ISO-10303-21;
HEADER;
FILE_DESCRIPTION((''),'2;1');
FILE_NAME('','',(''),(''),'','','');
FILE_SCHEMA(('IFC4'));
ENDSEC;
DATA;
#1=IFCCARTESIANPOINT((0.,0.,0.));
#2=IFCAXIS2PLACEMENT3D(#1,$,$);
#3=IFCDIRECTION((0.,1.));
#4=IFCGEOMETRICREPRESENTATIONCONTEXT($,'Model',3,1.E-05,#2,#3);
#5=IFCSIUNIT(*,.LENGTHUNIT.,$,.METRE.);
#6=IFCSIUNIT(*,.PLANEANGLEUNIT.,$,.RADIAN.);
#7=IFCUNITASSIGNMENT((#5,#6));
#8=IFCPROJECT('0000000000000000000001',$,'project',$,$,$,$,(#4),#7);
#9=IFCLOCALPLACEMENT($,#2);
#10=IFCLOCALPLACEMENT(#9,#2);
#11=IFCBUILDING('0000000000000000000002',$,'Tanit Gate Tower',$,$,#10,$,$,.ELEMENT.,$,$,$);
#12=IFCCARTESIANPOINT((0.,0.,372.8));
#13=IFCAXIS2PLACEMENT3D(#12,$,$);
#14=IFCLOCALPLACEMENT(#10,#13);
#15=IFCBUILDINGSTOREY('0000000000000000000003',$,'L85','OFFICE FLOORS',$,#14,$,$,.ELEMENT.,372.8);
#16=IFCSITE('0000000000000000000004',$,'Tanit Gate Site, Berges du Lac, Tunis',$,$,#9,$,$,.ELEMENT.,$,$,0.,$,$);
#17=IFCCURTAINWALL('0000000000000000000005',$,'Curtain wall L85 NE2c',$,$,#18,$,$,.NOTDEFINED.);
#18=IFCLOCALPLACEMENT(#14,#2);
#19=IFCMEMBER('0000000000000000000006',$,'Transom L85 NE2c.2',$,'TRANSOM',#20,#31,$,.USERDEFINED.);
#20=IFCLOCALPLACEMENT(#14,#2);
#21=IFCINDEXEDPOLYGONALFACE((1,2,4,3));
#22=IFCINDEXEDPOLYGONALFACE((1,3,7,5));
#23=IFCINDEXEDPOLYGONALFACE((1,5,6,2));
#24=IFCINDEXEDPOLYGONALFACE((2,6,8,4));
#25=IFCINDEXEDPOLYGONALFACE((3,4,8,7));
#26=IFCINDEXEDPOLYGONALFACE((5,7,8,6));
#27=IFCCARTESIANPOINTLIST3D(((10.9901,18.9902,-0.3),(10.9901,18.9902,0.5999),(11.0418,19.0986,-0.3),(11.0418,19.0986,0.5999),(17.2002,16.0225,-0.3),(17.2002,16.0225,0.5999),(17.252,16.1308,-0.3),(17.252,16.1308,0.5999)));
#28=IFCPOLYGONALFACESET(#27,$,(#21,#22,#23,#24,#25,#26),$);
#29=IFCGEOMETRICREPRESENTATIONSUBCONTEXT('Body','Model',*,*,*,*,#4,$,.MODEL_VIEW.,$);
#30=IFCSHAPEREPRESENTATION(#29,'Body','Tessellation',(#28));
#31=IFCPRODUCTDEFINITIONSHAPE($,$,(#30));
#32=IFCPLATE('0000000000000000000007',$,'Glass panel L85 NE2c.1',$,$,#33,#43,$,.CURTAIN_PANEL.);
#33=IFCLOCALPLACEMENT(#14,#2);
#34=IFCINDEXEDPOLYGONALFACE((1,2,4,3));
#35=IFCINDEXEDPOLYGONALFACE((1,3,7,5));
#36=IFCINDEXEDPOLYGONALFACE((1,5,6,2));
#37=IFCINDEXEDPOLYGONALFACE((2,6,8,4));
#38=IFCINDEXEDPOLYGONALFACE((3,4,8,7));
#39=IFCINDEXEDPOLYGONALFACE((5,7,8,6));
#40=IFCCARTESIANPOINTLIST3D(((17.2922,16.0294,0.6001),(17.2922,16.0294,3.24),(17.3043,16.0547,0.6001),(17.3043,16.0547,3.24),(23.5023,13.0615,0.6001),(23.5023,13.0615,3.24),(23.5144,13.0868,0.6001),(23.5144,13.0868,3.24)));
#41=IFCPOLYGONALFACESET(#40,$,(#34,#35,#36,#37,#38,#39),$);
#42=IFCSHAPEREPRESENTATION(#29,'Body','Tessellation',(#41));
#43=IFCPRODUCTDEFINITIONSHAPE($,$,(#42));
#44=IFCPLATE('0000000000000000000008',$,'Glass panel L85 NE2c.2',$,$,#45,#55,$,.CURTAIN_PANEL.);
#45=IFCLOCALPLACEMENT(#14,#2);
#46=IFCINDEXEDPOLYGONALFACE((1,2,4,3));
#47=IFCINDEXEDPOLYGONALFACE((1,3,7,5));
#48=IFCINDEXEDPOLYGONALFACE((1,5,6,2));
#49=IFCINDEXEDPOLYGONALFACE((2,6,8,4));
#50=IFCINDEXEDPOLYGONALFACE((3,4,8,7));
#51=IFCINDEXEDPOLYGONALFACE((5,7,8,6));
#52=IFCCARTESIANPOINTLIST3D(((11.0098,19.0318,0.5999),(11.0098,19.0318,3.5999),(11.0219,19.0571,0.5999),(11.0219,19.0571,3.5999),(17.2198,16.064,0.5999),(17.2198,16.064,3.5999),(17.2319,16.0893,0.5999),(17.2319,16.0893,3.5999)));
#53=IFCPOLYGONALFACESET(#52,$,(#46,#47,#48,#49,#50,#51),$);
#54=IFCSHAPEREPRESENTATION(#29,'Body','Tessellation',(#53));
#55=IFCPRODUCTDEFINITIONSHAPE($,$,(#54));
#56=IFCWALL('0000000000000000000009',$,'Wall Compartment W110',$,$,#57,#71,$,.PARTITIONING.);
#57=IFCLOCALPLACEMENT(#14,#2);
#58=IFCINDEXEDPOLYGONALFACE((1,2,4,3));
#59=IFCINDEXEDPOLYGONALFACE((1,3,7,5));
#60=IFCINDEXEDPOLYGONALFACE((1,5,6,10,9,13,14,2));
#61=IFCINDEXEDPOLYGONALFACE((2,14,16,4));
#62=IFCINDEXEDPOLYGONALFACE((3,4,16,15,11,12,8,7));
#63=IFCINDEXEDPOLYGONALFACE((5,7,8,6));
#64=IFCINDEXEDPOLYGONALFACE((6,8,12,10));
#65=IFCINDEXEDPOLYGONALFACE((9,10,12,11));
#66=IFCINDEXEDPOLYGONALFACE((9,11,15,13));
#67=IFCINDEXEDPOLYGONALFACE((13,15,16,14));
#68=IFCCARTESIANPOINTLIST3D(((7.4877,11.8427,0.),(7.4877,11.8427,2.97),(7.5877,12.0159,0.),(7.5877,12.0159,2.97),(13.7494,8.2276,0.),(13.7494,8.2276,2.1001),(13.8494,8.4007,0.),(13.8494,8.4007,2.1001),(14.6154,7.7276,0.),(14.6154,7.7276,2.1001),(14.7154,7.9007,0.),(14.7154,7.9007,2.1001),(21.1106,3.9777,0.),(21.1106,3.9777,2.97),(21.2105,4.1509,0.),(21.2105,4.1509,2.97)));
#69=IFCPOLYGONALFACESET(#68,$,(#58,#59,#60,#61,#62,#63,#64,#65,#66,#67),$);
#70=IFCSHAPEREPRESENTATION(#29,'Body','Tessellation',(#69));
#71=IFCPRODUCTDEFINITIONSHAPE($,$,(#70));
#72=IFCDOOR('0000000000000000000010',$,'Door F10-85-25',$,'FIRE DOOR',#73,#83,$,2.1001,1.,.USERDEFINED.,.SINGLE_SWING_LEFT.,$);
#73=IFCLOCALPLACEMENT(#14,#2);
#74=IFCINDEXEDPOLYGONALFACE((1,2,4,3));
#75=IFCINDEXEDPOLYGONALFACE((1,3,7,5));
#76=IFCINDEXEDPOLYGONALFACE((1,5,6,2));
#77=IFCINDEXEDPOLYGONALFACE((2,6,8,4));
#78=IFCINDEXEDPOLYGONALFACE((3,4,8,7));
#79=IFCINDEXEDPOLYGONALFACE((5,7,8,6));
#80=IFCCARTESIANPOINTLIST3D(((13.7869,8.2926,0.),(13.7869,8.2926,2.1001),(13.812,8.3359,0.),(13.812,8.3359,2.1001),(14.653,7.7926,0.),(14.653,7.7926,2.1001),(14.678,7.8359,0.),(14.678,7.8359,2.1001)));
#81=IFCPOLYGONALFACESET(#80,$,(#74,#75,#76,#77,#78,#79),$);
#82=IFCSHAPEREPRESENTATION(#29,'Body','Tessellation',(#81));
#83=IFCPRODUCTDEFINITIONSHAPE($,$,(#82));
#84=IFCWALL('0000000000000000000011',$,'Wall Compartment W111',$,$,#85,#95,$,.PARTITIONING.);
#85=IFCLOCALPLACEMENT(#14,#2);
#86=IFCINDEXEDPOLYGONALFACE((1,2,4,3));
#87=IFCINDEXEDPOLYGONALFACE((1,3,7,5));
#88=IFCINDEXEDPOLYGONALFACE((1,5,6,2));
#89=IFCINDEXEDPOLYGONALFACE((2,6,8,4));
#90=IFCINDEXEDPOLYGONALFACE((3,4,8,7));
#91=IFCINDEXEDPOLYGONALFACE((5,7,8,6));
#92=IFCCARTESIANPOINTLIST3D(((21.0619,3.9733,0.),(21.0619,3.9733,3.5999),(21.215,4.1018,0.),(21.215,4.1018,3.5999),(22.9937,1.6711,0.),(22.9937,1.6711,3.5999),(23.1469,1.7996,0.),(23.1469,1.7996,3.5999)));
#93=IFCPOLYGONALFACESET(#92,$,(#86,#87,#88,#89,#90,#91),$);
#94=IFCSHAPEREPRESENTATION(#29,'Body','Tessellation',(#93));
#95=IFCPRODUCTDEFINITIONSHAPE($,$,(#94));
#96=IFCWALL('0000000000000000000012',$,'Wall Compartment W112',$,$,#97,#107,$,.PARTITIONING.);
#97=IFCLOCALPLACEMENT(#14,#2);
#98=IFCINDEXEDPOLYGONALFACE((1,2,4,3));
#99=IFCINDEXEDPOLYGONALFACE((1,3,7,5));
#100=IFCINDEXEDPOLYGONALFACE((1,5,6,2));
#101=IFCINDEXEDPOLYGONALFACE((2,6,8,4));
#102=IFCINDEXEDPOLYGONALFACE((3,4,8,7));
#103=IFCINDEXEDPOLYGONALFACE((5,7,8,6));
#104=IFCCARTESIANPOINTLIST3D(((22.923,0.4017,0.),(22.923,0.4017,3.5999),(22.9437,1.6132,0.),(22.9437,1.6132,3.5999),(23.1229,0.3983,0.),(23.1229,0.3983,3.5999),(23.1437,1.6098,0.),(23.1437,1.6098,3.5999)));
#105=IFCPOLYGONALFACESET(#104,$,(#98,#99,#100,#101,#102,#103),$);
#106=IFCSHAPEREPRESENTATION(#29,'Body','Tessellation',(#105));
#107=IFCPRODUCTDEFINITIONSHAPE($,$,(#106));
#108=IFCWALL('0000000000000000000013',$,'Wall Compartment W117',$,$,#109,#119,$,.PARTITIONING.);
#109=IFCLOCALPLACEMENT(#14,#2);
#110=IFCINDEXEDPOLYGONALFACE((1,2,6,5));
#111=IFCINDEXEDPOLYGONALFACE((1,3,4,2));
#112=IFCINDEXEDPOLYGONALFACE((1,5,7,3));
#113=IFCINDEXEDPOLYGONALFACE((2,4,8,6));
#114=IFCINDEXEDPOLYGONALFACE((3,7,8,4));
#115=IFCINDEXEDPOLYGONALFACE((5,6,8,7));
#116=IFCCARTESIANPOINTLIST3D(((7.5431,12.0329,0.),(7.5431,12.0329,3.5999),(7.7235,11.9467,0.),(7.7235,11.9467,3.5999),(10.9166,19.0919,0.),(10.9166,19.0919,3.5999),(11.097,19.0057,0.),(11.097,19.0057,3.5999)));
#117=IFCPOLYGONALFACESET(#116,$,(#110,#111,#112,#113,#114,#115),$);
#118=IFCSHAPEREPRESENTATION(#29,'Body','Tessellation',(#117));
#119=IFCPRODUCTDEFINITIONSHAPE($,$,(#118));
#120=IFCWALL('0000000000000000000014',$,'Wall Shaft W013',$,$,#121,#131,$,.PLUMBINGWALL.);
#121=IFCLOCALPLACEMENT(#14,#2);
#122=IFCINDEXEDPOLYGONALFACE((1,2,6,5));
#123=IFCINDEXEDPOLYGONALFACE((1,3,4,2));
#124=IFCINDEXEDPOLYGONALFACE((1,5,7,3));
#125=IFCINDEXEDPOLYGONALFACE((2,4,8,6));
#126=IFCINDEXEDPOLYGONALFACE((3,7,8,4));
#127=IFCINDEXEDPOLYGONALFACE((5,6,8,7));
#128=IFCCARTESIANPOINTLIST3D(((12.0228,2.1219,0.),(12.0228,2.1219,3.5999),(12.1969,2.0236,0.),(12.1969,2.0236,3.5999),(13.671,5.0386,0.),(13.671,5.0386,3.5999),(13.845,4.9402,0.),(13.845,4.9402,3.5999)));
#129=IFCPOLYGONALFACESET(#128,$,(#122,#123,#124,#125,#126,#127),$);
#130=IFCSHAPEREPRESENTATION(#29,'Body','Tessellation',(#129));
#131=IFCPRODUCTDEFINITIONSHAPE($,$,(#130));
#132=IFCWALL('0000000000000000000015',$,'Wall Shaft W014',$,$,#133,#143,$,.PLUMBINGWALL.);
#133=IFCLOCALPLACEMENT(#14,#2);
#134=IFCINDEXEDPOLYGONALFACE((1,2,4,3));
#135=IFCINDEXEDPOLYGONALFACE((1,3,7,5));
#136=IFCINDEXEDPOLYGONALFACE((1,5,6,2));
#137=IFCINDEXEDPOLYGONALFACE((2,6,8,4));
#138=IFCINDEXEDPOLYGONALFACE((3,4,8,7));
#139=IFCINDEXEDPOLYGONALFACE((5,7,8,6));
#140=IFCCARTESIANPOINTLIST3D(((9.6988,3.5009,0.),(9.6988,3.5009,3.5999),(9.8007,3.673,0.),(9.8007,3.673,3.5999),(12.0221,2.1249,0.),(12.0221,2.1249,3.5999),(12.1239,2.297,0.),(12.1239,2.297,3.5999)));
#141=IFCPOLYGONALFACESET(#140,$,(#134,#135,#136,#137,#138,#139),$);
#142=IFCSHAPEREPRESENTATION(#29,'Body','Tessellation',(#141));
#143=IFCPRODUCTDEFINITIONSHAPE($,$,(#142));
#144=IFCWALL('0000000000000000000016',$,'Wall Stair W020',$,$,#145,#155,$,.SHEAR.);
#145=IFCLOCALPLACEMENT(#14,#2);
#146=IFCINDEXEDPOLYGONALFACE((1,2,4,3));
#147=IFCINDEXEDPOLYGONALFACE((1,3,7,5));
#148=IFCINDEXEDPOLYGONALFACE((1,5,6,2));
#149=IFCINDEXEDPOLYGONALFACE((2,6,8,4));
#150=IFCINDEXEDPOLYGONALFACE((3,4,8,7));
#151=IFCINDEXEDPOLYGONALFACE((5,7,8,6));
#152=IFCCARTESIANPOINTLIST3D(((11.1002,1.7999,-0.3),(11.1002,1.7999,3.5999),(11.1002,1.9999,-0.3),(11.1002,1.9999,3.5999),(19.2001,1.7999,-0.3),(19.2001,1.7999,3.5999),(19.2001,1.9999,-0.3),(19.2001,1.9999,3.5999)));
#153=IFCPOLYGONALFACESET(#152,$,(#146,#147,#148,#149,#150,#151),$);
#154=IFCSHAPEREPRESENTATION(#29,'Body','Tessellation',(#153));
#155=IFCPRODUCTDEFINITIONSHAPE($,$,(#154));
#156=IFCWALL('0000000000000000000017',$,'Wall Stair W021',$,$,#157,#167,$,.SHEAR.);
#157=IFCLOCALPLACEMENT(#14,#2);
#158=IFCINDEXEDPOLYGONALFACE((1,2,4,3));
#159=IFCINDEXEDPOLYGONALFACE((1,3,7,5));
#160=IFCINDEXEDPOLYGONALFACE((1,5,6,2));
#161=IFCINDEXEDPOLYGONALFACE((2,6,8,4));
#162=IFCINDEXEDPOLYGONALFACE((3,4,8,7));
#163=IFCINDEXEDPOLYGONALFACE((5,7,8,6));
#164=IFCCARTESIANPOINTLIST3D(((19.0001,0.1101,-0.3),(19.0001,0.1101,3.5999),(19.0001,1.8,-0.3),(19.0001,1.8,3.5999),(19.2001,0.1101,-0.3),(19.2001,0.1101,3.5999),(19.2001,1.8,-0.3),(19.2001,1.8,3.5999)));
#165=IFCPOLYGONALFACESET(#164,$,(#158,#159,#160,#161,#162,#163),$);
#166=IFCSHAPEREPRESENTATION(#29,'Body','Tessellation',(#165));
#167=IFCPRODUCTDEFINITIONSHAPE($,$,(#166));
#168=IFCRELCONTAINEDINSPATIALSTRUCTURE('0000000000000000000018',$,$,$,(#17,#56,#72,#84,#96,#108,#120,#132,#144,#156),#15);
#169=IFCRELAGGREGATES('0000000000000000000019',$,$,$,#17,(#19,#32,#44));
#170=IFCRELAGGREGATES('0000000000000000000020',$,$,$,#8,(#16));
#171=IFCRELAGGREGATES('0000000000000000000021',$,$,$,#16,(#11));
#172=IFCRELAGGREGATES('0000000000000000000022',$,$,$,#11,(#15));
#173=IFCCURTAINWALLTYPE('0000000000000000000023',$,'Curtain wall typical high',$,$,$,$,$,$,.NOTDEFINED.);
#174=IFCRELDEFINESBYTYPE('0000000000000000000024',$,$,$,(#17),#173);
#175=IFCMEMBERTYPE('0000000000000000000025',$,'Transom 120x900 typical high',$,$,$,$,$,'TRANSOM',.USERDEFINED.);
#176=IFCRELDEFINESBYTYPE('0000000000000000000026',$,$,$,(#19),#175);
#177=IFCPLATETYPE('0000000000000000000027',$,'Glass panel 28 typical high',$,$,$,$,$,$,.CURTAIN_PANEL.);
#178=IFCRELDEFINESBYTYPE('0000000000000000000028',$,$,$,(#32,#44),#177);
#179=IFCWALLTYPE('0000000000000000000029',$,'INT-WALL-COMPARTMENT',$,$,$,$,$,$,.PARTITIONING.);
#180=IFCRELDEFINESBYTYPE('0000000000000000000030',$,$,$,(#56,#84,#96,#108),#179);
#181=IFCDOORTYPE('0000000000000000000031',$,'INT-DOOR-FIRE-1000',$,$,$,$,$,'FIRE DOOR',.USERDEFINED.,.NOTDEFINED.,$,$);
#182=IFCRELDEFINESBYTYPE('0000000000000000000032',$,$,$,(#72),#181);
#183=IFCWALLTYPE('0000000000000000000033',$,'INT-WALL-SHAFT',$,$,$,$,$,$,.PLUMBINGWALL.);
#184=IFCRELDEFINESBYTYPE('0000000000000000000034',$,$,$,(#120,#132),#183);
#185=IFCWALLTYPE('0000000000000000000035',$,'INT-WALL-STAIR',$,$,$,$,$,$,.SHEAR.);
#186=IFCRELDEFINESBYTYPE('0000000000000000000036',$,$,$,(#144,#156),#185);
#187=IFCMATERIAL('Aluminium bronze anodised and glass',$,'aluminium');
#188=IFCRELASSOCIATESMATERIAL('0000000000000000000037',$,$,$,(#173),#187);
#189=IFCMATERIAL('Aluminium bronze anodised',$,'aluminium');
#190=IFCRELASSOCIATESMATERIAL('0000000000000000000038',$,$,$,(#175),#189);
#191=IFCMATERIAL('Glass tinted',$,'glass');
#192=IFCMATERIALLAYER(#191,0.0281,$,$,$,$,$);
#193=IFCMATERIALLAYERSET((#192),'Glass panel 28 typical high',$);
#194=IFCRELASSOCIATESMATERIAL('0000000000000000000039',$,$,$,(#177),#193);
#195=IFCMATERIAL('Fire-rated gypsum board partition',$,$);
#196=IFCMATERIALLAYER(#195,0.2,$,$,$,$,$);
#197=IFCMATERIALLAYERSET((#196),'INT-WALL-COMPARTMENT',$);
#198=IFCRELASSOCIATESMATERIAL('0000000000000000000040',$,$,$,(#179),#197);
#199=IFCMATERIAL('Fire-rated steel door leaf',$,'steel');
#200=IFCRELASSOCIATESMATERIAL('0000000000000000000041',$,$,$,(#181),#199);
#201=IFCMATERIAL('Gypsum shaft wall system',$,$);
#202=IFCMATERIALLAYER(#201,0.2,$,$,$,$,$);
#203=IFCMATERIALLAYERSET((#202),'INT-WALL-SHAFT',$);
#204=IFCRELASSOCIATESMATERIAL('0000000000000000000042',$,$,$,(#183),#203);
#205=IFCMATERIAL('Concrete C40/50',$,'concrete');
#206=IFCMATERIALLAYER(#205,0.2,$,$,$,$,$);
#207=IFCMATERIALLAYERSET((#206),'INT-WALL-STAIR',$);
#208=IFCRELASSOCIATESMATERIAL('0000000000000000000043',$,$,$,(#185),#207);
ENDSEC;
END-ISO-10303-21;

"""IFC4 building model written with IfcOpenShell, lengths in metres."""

from ifc_helpers import new_model, si_unit, direction, frame, frame_2d, origin, origin_2d, place, context, subcontext, project, spatial, rectangle, extrude, material, layer, layer_set, material_profile, profile_set, type_object, element, fill, aggregate, save


model = new_model("IFC4")

# Units and contexts
model_context = context("Model", 3, precision=1e-05, world=origin(), true_north=direction((0.0, 1.0)))
body_context = subcontext(model_context, "Body", "Model", "MODEL_VIEW")
ifc_project = project(units=[si_unit("LENGTHUNIT", "METRE"), si_unit("PLANEANGLEUNIT", "RADIAN")], contexts=[model_context])

# Site, building, storey
site_placement = place(None, origin())
site = spatial("IfcSite", under=ifc_project, at=site_placement, Name="Tanit Gate Site, Berges du Lac, Tunis", CompositionType="ELEMENT", RefElevation=0.0)
building_placement = place(site_placement, origin())
building = spatial("IfcBuilding", under=site, at=building_placement, Name="Tanit Gate Tower", CompositionType="ELEMENT")
storey_placement = place(building_placement, frame((0.0, 0.0, 372.8)))
storey = spatial("IfcBuildingStorey", under=building, at=storey_placement, Name="L85", Description="OFFICE FLOORS", CompositionType="ELEMENT", Elevation=372.8)

# Curtain wall
ifc_material_1 = material(Name="Aluminium bronze anodised and glass", Category="aluminium")
curtain_wall_type = type_object("IfcCurtainWallType", Name="Curtain wall typical high", PredefinedType="NOTDEFINED", material=ifc_material_1)
curtain_wall_placement = place(storey_placement, origin())
curtain_wall = element("IfcCurtainWall", 1, at=curtain_wall_placement, inside=storey, type_object=curtain_wall_type, Name="Curtain wall L85 NE2c", PredefinedType="NOTDEFINED")

# Member
ifc_material_2 = material(Name="Aluminium bronze anodised", Category="aluminium")
ifc_material_profile_1 = material_profile(ifc_material_2, rectangle(XDim=0.1201, YDim=0.8999, at=origin_2d()), Name="120x900 bronze transom")
ifc_profile_set_1 = profile_set([ifc_material_profile_1], Name="Aluminium bronze anodised")
member_type_1 = type_object("IfcMemberType", Name="Transom 120x900 typical high", ElementType="TRANSOM", PredefinedType="USERDEFINED", material=ifc_profile_set_1)
member_1_placement = place(storey_placement, frame((17.2261, 16.0767, 0.1499), z_axis=(-0.902266, 0.431181, 0.0), x_axis=(-0.431181, -0.902266, 0.0)))
member_1 = element("IfcMember", 2, at=member_1_placement, type_object=member_type_1, Name="Transom L85 NE2c.2", ObjectType="TRANSOM", PredefinedType="USERDEFINED", context=body_context, shape_type="SweptSolid", body=[
    extrude(rectangle(XDim=0.1201, YDim=0.8999, at=origin_2d()), origin(), (0.0, 0.0, 1.0), 6.8828),
])

# Plates
ifc_material_3 = material(Name="Glass tinted", Category="glass")
ifc_layer_1 = layer(ifc_material_3, 0.0281)
ifc_layer_set_1 = layer_set([ifc_layer_1], Name="Glass panel 28 typical high")
plate_type = type_object("IfcPlateType", Name="Glass panel 28 typical high", PredefinedType="CURTAIN_PANEL", material=ifc_layer_set_1)
plate_1_placement = place(storey_placement, frame((20.4033, 14.5581, 0.6001), z_axis=(0.0, 0.0, 1.0), x_axis=(-0.902258, 0.431197, 0.0)))
plate_1 = element("IfcPlate", 3, at=plate_1_placement, type_object=plate_type, Name="Glass panel L85 NE2c.1", PredefinedType="CURTAIN_PANEL", context=body_context, shape_type="SweptSolid", body=[
    extrude(rectangle(XDim=6.8828, YDim=0.0281, at=origin_2d()), origin(), (0.0, 0.0, 1.0), 2.6399),
])
plate_2_placement = place(storey_placement, frame((14.1208, 17.5605, 0.5999), z_axis=(0.0, 0.0, 1.0), x_axis=(-0.902258, 0.431197, 0.0)))
plate_2 = element("IfcPlate", 4, at=plate_2_placement, type_object=plate_type, Name="Glass panel L85 NE2c.2", PredefinedType="CURTAIN_PANEL", context=body_context, shape_type="SweptSolid", body=[
    extrude(rectangle(XDim=6.8828, YDim=0.0281, at=origin_2d()), origin(), (0.0, 0.0, 1.0), 3.0),
])
aggregate(curtain_wall, [member_1, plate_1, plate_2])

# Wall, opening, door
ifc_material_4 = material(Name="Fire-rated gypsum board partition")
ifc_layer_2 = layer(ifc_material_4, 0.2)
ifc_layer_set_2 = layer_set([ifc_layer_2], Name="INT-WALL-COMPARTMENT")
wall_type_1 = type_object("IfcWallType", Name="INT-WALL-COMPARTMENT", PredefinedType="PARTITIONING", material=ifc_layer_set_2)
wall_1_placement = place(storey_placement, frame((21.1606, 4.0642, 0.0), z_axis=(0.0, 0.0, 1.0), x_axis=(-0.866029, 0.499993, 0.0)))
wall_1 = element("IfcWall", 5, at=wall_1_placement, inside=storey, type_object=wall_type_1, Name="Wall Compartment W110", PredefinedType="PARTITIONING", context=body_context, shape_type="SweptSolid", body=[
    extrude(rectangle(XDim=15.7302, YDim=0.2, at=frame_2d((7.8652, 0.0))), origin(), (0.0, 0.0, 1.0), 2.97),
])
opening_1_placement = place(wall_1_placement, frame((7.5, 0.0, 0.0)))
opening_1 = element("IfcOpeningElement", 6, at=opening_1_placement, cuts=wall_1, PredefinedType="OPENING", context=body_context, shape_type="SweptSolid", body=[
    extrude(rectangle(XDim=1.0, YDim=2.1001, at=frame_2d((0.5, 1.05))), frame((0.0, 0.1099, 0.0), z_axis=(0.0, -1.0, 0.0), x_axis=(1.0, 0.0, 0.0)), (0.0, 0.0, 1.0), 0.22),
])
ifc_material_5 = material(Name="Fire-rated steel door leaf", Category="steel")
door_type_1 = type_object("IfcDoorType", Name="INT-DOOR-FIRE-1000", ElementType="FIRE DOOR", OperationType="NOTDEFINED", PredefinedType="USERDEFINED", material=ifc_material_5)
door_1_placement = place(opening_1_placement, origin())
door_1 = element("IfcDoor", 7, at=door_1_placement, inside=storey, type_object=door_type_1, Name="Door F10-85-25", ObjectType="FIRE DOOR", OperationType="SINGLE_SWING_LEFT", OverallHeight=2.1001, OverallWidth=1.0, PredefinedType="USERDEFINED", context=body_context, shape_type="SweptSolid", body=[
    extrude(rectangle(XDim=1.0, YDim=2.1001, at=frame_2d((0.5, 1.05))), frame((0.0, 0.0249, 0.0), z_axis=(0.0, -1.0, 0.0), x_axis=(1.0, 0.0, 0.0)), (0.0, 0.0, 1.0), 0.05),
])
fill(opening_1, door_1)

# Walls
wall_2_placement = place(storey_placement, frame((23.0703, 1.7354, 0.0), z_axis=(0.0, 0.0, 1.0), x_axis=(-0.642801, 0.766033, 0.0)))
element("IfcWall", 8, at=wall_2_placement, inside=storey, type_object=wall_type_1, Name="Wall Compartment W111", PredefinedType="PARTITIONING", context=body_context, shape_type="SweptSolid", body=[
    extrude(rectangle(XDim=3.0054, YDim=0.2, at=frame_2d((1.5027, 0.0))), origin(), (0.0, 0.0, 1.0), 3.5999),
])
wall_3_placement = place(storey_placement, frame((23.0229, 0.3999, 0.0), z_axis=(0.0, 0.0, 1.0), x_axis=(0.017128, 0.999853, 0.0)))
element("IfcWall", 9, at=wall_3_placement, inside=storey, type_object=wall_type_1, Name="Wall Compartment W112", PredefinedType="PARTITIONING", context=body_context, shape_type="SweptSolid", body=[
    extrude(rectangle(XDim=1.2117, YDim=0.2, at=frame_2d((0.606, 0.0))), origin(), (0.0, 0.0, 1.0), 3.5999),
])
wall_4_placement = place(storey_placement, frame((11.0068, 19.0488, 0.0), z_axis=(0.0, 0.0, 1.0), x_axis=(-0.43119, -0.902261, 0.0)))
element("IfcWall", 10, at=wall_4_placement, inside=storey, type_object=wall_type_1, Name="Wall Compartment W117", PredefinedType="PARTITIONING", context=body_context, shape_type="SweptSolid", body=[
    extrude(rectangle(XDim=7.8237, YDim=0.2, at=frame_2d((3.9119, 0.0))), origin(), (0.0, 0.0, 1.0), 3.5999),
])
ifc_material_6 = material(Name="Gypsum shaft wall system")
ifc_layer_3 = layer(ifc_material_6, 0.2)
ifc_layer_set_3 = layer_set([ifc_layer_3], Name="INT-WALL-SHAFT")
wall_type_2 = type_object("IfcWallType", Name="INT-WALL-SHAFT", PredefinedType="PLUMBINGWALL", material=ifc_layer_set_3)
wall_5_placement = place(storey_placement, frame((12.1099, 2.0728, 0.0), z_axis=(0.0, 0.0, 1.0), x_axis=(0.491966, 0.870614, 0.0)))
element("IfcWall", 11, at=wall_5_placement, inside=storey, type_object=wall_type_2, Name="Wall Shaft W013", PredefinedType="PLUMBINGWALL", context=body_context, shape_type="SweptSolid", body=[
    extrude(rectangle(XDim=3.3501, YDim=0.2, at=frame_2d((1.675, 0.0))), origin(), (0.0, 0.0, 1.0), 3.5999),
])
wall_6_placement = place(storey_placement, frame((12.073, 2.2109, 0.0), z_axis=(0.0, 0.0, 1.0), x_axis=(-0.860415, 0.509594, 0.0)))
element("IfcWall", 12, at=wall_6_placement, inside=storey, type_object=wall_type_2, Name="Wall Shaft W014", PredefinedType="PLUMBINGWALL", context=body_context, shape_type="SweptSolid", body=[
    extrude(rectangle(XDim=2.7002, YDim=0.2, at=frame_2d((1.3501, 0.0))), origin(), (0.0, 0.0, 1.0), 3.5999),
])
ifc_material_7 = material(Name="Concrete C40/50", Category="concrete")
ifc_layer_4 = layer(ifc_material_7, 0.2)
ifc_layer_set_4 = layer_set([ifc_layer_4], Name="INT-WALL-STAIR")
wall_type_3 = type_object("IfcWallType", Name="INT-WALL-STAIR", PredefinedType="SHEAR", material=ifc_layer_set_4)
wall_7_placement = place(storey_placement, frame((19.2, 1.8999, -0.3), z_axis=(0.0, 0.0, 1.0), x_axis=(-1.0, 0.0, 0.0)))
element("IfcWall", 13, at=wall_7_placement, inside=storey, type_object=wall_type_3, Name="Wall Stair W020", PredefinedType="SHEAR", context=body_context, shape_type="SweptSolid", body=[
    extrude(rectangle(XDim=8.0999, YDim=0.2, at=frame_2d((4.0498, 0.0))), origin(), (0.0, 0.0, 1.0), 3.8999),
])
wall_8_placement = place(storey_placement, frame((19.1001, 0.1101, -0.3), z_axis=(0.0, 0.0, 1.0), x_axis=(0.0, 1.0, 0.0)))
element("IfcWall", 14, at=wall_8_placement, inside=storey, type_object=wall_type_3, Name="Wall Stair W021", PredefinedType="SHEAR", context=body_context, shape_type="SweptSolid", body=[
    extrude(rectangle(XDim=1.6899, YDim=0.2, at=frame_2d((0.845, 0.0))), origin(), (0.0, 0.0, 1.0), 3.8999),
])

save(model, "model.ifc")
